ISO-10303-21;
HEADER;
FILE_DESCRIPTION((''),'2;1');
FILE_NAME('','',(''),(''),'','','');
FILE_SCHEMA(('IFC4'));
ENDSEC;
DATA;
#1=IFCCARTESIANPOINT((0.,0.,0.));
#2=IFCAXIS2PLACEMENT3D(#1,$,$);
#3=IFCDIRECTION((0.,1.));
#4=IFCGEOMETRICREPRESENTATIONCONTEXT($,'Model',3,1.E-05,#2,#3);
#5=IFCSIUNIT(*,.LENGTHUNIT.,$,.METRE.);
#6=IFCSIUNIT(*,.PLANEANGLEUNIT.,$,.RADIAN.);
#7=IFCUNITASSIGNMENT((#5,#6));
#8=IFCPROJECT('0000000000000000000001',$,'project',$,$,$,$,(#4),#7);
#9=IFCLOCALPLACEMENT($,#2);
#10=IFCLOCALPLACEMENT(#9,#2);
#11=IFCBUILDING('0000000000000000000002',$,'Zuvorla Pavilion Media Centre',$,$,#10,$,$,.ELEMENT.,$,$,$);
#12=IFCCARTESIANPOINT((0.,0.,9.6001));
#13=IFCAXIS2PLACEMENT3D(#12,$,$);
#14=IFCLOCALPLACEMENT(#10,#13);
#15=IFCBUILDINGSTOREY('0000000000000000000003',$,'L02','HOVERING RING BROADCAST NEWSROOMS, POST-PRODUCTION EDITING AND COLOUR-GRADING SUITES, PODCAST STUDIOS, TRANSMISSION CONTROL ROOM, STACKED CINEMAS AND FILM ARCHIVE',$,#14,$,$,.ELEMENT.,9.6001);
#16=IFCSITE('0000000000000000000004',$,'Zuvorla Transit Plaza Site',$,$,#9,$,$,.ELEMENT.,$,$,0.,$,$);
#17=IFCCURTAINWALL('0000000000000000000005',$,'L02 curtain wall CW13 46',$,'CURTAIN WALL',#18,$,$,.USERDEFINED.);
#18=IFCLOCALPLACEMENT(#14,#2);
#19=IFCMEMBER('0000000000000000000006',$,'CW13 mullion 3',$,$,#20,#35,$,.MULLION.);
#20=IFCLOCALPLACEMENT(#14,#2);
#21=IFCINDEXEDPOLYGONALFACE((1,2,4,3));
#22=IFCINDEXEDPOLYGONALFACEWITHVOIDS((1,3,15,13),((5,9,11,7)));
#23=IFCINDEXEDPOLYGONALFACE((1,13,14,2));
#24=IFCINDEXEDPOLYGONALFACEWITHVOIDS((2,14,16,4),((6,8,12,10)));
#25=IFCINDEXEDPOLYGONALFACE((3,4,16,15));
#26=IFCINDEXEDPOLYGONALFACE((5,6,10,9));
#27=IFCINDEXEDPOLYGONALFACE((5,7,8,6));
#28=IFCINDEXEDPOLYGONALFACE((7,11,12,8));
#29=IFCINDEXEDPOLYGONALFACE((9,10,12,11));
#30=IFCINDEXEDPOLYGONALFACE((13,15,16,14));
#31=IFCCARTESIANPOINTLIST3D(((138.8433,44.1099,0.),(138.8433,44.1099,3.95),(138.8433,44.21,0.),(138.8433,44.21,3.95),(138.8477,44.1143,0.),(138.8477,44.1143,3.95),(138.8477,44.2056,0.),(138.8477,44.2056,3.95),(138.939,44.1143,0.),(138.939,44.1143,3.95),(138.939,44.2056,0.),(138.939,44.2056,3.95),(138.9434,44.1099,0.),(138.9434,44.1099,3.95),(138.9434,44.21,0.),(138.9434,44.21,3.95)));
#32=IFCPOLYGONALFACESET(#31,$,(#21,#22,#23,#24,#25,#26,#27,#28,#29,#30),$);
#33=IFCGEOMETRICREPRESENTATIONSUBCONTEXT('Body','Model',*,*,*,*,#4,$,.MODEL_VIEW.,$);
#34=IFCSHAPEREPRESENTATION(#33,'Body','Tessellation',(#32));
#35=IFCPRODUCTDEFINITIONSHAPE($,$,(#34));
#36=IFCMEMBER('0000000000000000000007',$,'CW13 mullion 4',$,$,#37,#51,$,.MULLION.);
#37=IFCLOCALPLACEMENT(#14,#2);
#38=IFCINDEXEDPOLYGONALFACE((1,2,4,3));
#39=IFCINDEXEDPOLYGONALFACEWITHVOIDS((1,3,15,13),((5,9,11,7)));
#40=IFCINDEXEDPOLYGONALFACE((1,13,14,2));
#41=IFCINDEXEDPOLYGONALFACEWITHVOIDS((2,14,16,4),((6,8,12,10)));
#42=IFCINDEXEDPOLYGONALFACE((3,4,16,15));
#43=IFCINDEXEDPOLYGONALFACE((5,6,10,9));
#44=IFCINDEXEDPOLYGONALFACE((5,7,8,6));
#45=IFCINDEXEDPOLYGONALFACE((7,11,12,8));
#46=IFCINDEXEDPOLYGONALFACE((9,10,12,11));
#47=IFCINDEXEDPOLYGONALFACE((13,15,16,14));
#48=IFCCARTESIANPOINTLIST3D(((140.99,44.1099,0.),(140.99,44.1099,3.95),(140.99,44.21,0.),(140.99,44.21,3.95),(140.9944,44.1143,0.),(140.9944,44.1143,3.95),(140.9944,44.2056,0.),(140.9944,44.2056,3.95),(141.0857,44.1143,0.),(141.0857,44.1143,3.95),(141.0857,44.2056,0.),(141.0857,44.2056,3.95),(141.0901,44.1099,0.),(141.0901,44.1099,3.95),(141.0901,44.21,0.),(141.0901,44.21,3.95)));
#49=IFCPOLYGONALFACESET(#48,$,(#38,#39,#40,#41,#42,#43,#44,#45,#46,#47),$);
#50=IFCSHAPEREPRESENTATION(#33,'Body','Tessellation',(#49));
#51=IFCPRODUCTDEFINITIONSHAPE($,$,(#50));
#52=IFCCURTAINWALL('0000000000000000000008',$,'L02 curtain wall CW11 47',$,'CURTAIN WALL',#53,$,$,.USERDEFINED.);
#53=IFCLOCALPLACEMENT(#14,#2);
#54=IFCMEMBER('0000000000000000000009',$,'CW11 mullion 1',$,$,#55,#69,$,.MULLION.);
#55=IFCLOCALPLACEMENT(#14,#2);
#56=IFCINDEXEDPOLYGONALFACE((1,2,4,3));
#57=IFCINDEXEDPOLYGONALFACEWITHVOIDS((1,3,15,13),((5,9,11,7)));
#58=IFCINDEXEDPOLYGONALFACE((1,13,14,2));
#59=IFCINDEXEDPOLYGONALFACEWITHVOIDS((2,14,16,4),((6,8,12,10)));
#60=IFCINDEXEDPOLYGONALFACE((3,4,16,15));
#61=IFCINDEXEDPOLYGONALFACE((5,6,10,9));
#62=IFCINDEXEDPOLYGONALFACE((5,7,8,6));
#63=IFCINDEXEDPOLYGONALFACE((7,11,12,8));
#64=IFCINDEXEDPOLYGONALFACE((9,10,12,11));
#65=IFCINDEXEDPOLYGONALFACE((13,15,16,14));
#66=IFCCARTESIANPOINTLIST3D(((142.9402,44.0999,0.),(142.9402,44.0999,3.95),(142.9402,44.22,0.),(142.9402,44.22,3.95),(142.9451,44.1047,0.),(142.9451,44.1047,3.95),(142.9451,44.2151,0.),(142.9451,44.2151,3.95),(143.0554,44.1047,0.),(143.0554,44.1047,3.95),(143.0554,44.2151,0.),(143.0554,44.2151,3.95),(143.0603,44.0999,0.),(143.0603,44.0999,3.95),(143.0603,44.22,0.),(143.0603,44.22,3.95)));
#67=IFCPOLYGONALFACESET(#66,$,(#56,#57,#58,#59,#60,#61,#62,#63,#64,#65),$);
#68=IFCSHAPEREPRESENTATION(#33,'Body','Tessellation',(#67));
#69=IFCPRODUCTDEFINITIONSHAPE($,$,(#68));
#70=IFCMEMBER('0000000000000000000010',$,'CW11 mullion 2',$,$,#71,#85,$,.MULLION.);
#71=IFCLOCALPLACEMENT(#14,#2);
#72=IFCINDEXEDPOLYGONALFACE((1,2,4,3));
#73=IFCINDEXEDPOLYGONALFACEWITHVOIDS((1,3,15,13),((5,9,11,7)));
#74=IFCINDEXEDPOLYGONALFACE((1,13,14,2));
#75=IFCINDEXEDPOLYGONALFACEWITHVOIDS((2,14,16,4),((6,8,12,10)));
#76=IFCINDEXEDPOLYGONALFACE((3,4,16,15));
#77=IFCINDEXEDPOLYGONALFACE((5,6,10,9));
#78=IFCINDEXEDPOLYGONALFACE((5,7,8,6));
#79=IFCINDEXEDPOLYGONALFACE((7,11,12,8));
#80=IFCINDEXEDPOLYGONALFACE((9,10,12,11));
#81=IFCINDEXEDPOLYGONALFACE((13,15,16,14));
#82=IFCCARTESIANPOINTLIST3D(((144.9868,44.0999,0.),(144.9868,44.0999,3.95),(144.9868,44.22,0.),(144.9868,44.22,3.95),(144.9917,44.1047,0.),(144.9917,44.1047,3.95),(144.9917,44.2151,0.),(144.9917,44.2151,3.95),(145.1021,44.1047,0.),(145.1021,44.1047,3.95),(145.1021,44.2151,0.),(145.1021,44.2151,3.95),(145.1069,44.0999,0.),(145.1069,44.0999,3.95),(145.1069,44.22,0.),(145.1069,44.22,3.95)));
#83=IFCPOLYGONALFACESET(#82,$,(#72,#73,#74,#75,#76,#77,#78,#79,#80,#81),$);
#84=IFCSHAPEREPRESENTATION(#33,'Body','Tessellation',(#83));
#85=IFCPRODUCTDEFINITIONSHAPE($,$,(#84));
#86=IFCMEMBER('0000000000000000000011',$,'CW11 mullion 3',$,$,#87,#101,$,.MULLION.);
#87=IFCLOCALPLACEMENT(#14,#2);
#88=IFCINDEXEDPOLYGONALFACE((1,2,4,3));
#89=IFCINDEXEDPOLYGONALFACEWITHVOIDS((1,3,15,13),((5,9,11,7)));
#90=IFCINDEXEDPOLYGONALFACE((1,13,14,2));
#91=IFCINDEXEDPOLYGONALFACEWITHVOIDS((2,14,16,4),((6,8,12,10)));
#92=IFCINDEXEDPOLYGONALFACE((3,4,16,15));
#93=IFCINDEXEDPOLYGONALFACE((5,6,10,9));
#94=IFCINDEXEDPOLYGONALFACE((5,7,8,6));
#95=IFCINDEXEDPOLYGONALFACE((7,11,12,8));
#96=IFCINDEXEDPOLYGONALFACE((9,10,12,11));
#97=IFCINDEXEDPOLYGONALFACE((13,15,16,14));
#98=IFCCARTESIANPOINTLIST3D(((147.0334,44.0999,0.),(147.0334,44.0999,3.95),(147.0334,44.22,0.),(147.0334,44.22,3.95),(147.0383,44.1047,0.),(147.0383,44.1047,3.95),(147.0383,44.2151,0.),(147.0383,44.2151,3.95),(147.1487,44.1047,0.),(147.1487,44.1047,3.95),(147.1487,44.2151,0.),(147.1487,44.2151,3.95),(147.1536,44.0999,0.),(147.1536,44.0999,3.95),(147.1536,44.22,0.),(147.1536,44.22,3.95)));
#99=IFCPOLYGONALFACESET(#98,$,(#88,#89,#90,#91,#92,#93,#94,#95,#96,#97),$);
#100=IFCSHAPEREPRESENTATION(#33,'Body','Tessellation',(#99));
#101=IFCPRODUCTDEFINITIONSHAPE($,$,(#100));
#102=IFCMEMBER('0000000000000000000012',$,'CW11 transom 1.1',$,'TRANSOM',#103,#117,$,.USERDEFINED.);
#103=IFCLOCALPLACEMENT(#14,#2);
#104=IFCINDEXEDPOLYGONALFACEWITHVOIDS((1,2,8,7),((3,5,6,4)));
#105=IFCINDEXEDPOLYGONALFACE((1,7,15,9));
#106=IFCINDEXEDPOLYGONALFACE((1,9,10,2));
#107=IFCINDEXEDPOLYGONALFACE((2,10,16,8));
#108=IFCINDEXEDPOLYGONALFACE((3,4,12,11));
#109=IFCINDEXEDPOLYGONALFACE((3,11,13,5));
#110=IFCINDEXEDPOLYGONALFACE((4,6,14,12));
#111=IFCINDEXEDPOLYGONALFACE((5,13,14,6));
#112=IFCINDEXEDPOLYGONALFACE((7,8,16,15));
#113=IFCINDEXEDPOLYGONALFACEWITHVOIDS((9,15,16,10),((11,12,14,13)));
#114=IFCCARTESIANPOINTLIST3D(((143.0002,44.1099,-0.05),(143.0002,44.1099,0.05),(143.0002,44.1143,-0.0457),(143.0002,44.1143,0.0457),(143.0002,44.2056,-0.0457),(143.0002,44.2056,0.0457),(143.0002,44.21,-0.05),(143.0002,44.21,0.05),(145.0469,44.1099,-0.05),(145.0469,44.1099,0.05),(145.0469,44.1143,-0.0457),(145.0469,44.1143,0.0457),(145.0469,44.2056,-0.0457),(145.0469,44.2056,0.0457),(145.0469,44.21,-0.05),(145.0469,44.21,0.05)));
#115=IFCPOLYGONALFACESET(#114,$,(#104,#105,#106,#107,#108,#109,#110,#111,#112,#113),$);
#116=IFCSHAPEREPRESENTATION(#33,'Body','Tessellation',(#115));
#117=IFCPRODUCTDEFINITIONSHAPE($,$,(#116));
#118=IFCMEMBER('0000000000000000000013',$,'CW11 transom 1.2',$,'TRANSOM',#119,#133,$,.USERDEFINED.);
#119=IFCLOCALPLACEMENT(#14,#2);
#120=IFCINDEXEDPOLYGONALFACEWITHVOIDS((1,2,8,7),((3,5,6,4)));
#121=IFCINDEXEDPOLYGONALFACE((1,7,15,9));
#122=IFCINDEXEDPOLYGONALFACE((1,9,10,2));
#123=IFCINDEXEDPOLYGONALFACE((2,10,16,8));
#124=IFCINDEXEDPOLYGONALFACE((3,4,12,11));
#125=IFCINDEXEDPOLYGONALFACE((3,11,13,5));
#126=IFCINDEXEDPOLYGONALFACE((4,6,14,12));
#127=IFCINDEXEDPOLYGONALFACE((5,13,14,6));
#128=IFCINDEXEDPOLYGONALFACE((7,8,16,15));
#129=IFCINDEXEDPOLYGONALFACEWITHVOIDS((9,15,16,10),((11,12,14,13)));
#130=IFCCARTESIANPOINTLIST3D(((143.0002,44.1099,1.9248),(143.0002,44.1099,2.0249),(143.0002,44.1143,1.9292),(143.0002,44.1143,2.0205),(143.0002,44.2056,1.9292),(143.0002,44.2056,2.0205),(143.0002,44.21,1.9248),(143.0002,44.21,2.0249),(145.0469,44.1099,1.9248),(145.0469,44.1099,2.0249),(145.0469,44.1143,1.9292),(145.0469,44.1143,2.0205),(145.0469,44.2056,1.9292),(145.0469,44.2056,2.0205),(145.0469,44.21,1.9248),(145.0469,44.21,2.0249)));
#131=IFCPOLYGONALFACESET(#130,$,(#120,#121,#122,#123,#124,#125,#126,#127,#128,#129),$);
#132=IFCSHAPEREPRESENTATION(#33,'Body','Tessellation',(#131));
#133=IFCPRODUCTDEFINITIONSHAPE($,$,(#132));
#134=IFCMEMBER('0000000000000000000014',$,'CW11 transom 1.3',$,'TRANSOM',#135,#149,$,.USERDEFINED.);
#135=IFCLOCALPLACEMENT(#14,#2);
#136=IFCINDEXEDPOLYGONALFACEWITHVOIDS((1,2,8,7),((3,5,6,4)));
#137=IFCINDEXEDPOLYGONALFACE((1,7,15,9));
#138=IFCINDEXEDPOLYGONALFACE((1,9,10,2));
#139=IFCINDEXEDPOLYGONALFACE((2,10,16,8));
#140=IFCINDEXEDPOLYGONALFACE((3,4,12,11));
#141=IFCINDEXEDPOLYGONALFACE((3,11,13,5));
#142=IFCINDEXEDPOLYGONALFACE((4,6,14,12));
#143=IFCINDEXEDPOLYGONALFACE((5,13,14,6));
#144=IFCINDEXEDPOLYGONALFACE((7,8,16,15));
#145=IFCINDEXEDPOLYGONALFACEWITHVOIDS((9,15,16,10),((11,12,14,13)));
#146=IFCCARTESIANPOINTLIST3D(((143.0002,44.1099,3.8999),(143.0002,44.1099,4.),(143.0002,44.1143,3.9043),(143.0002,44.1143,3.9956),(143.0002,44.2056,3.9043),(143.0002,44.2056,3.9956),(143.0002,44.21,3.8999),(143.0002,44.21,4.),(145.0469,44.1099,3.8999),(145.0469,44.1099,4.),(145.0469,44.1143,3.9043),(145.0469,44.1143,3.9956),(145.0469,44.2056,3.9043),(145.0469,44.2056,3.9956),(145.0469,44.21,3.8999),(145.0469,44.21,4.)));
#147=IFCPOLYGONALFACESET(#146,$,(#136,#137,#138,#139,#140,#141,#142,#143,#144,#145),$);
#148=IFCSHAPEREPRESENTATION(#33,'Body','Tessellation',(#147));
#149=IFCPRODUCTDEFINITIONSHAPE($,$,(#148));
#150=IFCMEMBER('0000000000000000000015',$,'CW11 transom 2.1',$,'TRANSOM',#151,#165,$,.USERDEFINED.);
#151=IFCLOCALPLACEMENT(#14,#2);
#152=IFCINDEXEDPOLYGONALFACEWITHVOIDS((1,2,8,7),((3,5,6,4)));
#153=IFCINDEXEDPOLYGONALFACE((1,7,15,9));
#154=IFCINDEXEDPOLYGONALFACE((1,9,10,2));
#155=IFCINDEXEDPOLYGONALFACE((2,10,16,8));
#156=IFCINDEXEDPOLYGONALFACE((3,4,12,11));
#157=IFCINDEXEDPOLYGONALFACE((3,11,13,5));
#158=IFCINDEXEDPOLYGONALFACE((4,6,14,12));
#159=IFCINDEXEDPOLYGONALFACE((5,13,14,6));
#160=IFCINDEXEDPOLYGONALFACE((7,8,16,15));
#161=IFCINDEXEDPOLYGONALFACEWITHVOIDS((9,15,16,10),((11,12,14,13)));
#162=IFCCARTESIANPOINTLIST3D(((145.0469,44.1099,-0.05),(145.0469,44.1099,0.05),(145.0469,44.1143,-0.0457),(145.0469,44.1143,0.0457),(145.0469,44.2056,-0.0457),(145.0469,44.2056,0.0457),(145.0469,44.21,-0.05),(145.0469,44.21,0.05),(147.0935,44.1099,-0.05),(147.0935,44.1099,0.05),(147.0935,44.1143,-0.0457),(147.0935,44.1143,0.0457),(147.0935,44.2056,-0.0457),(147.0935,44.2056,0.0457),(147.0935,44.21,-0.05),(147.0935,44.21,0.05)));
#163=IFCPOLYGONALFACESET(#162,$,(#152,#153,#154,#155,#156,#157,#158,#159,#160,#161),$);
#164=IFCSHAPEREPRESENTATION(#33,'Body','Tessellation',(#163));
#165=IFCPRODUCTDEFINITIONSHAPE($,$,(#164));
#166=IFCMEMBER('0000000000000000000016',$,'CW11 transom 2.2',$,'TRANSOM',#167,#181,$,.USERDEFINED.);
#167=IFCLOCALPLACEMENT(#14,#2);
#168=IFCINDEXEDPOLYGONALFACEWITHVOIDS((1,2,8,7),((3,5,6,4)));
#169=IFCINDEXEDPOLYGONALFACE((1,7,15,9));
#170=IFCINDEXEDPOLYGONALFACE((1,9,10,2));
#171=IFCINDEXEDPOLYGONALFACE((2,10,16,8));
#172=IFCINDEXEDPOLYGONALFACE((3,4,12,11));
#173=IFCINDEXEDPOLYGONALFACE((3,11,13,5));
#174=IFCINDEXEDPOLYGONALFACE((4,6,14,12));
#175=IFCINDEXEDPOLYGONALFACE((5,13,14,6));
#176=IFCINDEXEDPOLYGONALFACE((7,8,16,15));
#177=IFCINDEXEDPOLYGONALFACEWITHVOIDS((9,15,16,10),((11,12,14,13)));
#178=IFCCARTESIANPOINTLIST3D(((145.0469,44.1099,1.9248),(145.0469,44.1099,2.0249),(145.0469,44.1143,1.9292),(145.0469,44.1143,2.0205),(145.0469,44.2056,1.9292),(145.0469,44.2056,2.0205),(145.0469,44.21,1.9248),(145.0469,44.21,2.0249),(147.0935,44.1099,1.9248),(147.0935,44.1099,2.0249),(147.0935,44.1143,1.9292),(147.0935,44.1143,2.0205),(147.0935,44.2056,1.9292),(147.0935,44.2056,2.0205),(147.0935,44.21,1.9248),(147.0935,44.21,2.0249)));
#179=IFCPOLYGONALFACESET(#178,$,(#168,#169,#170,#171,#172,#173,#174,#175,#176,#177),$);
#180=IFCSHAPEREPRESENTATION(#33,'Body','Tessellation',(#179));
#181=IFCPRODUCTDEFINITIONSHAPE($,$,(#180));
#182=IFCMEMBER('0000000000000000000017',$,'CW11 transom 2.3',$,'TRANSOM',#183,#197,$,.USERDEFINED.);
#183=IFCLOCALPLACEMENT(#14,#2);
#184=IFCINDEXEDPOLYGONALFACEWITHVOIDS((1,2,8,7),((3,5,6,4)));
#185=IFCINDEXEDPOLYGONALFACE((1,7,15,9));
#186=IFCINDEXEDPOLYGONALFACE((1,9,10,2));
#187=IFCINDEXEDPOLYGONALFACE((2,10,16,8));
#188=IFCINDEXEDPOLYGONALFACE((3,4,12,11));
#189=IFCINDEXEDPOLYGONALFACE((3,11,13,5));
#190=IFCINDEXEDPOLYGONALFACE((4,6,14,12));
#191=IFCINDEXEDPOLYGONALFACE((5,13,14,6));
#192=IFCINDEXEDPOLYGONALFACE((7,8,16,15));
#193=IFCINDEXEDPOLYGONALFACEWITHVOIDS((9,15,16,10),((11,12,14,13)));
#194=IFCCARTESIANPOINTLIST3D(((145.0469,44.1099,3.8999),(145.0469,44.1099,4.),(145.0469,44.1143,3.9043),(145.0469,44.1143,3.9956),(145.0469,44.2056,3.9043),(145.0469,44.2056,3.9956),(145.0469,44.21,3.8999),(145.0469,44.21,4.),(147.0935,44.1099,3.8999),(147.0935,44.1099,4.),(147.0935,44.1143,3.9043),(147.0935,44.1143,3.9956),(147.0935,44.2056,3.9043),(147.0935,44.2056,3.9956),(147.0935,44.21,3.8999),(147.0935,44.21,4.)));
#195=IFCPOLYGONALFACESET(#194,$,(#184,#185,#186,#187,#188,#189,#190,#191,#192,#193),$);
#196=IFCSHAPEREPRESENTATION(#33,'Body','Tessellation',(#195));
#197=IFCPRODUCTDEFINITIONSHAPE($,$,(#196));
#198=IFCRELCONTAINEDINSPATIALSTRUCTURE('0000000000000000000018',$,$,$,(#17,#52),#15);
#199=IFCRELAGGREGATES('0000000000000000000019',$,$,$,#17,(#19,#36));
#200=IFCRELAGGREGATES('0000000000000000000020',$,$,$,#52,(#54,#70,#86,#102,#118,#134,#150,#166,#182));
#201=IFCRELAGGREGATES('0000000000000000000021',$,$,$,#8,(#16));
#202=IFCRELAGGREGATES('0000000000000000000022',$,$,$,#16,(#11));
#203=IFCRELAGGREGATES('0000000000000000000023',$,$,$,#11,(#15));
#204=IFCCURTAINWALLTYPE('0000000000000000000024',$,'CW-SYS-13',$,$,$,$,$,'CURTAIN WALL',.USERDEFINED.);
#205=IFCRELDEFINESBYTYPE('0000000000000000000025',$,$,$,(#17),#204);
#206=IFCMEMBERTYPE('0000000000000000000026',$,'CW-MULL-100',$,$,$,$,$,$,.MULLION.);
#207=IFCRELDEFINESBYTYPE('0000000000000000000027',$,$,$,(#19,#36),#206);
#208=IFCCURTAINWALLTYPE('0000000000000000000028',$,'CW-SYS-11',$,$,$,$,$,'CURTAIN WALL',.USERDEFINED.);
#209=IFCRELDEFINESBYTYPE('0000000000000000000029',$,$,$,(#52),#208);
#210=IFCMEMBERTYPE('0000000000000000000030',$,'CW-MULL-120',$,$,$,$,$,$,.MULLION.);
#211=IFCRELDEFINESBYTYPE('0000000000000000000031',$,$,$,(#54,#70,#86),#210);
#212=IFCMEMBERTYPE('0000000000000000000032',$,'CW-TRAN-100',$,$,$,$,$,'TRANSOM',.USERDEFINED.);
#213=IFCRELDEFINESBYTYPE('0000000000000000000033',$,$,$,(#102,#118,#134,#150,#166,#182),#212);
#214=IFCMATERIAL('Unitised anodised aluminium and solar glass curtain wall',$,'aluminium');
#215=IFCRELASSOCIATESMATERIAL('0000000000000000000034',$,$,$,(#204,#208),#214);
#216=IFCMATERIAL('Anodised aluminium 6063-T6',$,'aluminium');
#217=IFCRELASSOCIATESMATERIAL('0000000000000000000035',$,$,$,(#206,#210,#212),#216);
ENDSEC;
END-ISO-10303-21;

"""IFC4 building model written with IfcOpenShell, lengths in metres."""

from ifc_helpers import new_model, si_unit, direction, frame, origin, origin_2d, place, context, subcontext, project, spatial, hollow_rectangle, extrude, material, material_profile, profile_set, type_object, element, aggregate, save


model = new_model("IFC4")

# Units and contexts
model_context = context("Model", 3, precision=1e-05, world=origin(), true_north=direction((0.0, 1.0)))
body_context = subcontext(model_context, "Body", "Model", "MODEL_VIEW")
ifc_project = project(units=[si_unit("LENGTHUNIT", "METRE"), si_unit("PLANEANGLEUNIT", "RADIAN")], contexts=[model_context])

# Site, building, storey
site_placement = place(None, origin())
site = spatial("IfcSite", under=ifc_project, at=site_placement, Name="Zuvorla Transit Plaza Site", CompositionType="ELEMENT", RefElevation=0.0)
building_placement = place(site_placement, origin())
building = spatial("IfcBuilding", under=site, at=building_placement, Name="Zuvorla Pavilion Media Centre", CompositionType="ELEMENT")
storey_placement = place(building_placement, frame((0.0, 0.0, 9.6001)))
storey = spatial("IfcBuildingStorey", under=building, at=storey_placement, Name="L02", Description="HOVERING RING BROADCAST NEWSROOMS, POST-PRODUCTION EDITING AND COLOUR-GRADING SUITES, PODCAST STUDIOS, TRANSMISSION CONTROL ROOM, STACKED CINEMAS AND FILM ARCHIVE", CompositionType="ELEMENT", Elevation=9.6001)

# Curtain walls, members
ifc_material_1 = material(Name="Unitised anodised aluminium and solar glass curtain wall", Category="aluminium")
curtain_wall_type_1 = type_object("IfcCurtainWallType", Name="CW-SYS-13", ElementType="CURTAIN WALL", PredefinedType="USERDEFINED", material=ifc_material_1)
curtain_wall_1_placement = place(storey_placement, origin())
curtain_wall_1 = element("IfcCurtainWall", 1, at=curtain_wall_1_placement, inside=storey, type_object=curtain_wall_type_1, Name="L02 curtain wall CW13 46", ObjectType="CURTAIN WALL", PredefinedType="USERDEFINED")
ifc_material_2 = material(Name="Anodised aluminium 6063-T6", Category="aluminium")
ifc_material_profile_1 = material_profile(ifc_material_2, hollow_rectangle(XDim=0.1001, YDim=0.1001, WallThickness=0.0044, at=origin_2d()), Name="ALU MULL 100x100")
ifc_profile_set_1 = profile_set([ifc_material_profile_1], Name="Anodised aluminium 6063-T6")
member_type_1 = type_object("IfcMemberType", Name="CW-MULL-100", PredefinedType="MULLION", material=ifc_profile_set_1)
member_1_placement = place(storey_placement, frame((138.8933, 44.1599, 0.0), z_axis=(0.0, 0.0, 1.0), x_axis=(1.0, 0.0, 0.0)))
member_1 = element("IfcMember", 2, at=member_1_placement, type_object=member_type_1, Name="CW13 mullion 3", PredefinedType="MULLION", context=body_context, shape_type="SweptSolid", body=[
    extrude(hollow_rectangle(XDim=0.1001, YDim=0.1001, WallThickness=0.0044, at=origin_2d()), origin(), (0.0, 0.0, 1.0), 3.95),
])
member_2_placement = place(storey_placement, frame((141.04, 44.1599, 0.0), z_axis=(0.0, 0.0, 1.0), x_axis=(1.0, 0.0, 0.0)))
member_2 = element("IfcMember", 3, at=member_2_placement, type_object=member_type_1, Name="CW13 mullion 4", PredefinedType="MULLION", context=body_context, shape_type="SweptSolid", body=[
    extrude(hollow_rectangle(XDim=0.1001, YDim=0.1001, WallThickness=0.0044, at=origin_2d()), origin(), (0.0, 0.0, 1.0), 3.95),
])
curtain_wall_type_2 = type_object("IfcCurtainWallType", Name="CW-SYS-11", ElementType="CURTAIN WALL", PredefinedType="USERDEFINED", material=ifc_material_1)
curtain_wall_2_placement = place(storey_placement, origin())
curtain_wall_2 = element("IfcCurtainWall", 4, at=curtain_wall_2_placement, inside=storey, type_object=curtain_wall_type_2, Name="L02 curtain wall CW11 47", ObjectType="CURTAIN WALL", PredefinedType="USERDEFINED")
ifc_material_profile_2 = material_profile(ifc_material_2, hollow_rectangle(XDim=0.1201, YDim=0.1201, WallThickness=0.0049, at=origin_2d()), Name="ALU MULL 120x120")
ifc_profile_set_2 = profile_set([ifc_material_profile_2], Name="Anodised aluminium 6063-T6")
member_type_2 = type_object("IfcMemberType", Name="CW-MULL-120", PredefinedType="MULLION", material=ifc_profile_set_2)
member_3_placement = place(storey_placement, frame((143.0002, 44.1599, 0.0), z_axis=(0.0, 0.0, 1.0), x_axis=(1.0, 0.0, 0.0)))
member_3 = element("IfcMember", 5, at=member_3_placement, type_object=member_type_2, Name="CW11 mullion 1", PredefinedType="MULLION", context=body_context, shape_type="SweptSolid", body=[
    extrude(hollow_rectangle(XDim=0.1201, YDim=0.1201, WallThickness=0.0049, at=origin_2d()), origin(), (0.0, 0.0, 1.0), 3.95),
])
member_4_placement = place(storey_placement, frame((145.0469, 44.1599, 0.0), z_axis=(0.0, 0.0, 1.0), x_axis=(1.0, 0.0, 0.0)))
member_4 = element("IfcMember", 6, at=member_4_placement, type_object=member_type_2, Name="CW11 mullion 2", PredefinedType="MULLION", context=body_context, shape_type="SweptSolid", body=[
    extrude(hollow_rectangle(XDim=0.1201, YDim=0.1201, WallThickness=0.0049, at=origin_2d()), origin(), (0.0, 0.0, 1.0), 3.95),
])
member_5_placement = place(storey_placement, frame((147.0935, 44.1599, 0.0), z_axis=(0.0, 0.0, 1.0), x_axis=(1.0, 0.0, 0.0)))
member_5 = element("IfcMember", 7, at=member_5_placement, type_object=member_type_2, Name="CW11 mullion 3", PredefinedType="MULLION", context=body_context, shape_type="SweptSolid", body=[
    extrude(hollow_rectangle(XDim=0.1201, YDim=0.1201, WallThickness=0.0049, at=origin_2d()), origin(), (0.0, 0.0, 1.0), 3.95),
])
ifc_material_profile_3 = material_profile(ifc_material_2, hollow_rectangle(XDim=0.1001, YDim=0.1001, WallThickness=0.0044, at=origin_2d()), Name="ALU TRAN 100x100")
ifc_profile_set_3 = profile_set([ifc_material_profile_3], Name="Anodised aluminium 6063-T6")
member_type_3 = type_object("IfcMemberType", Name="CW-TRAN-100", ElementType="TRANSOM", PredefinedType="USERDEFINED", material=ifc_profile_set_3)
member_6_placement = place(storey_placement, frame((143.0002, 44.1599, 0.0), z_axis=(1.0, 0.0, 0.0), x_axis=(0.0, 1.0, 0.0)))
member_6 = element("IfcMember", 8, at=member_6_placement, type_object=member_type_3, Name="CW11 transom 1.1", ObjectType="TRANSOM", PredefinedType="USERDEFINED", context=body_context, shape_type="SweptSolid", body=[
    extrude(hollow_rectangle(XDim=0.1001, YDim=0.1001, WallThickness=0.0044, at=origin_2d()), origin(), (0.0, 0.0, 1.0), 2.0466),
])
member_7_placement = place(storey_placement, frame((143.0002, 44.1599, 1.9749), z_axis=(1.0, 0.0, 0.0), x_axis=(0.0, 1.0, 0.0)))
member_7 = element("IfcMember", 9, at=member_7_placement, type_object=member_type_3, Name="CW11 transom 1.2", ObjectType="TRANSOM", PredefinedType="USERDEFINED", context=body_context, shape_type="SweptSolid", body=[
    extrude(hollow_rectangle(XDim=0.1001, YDim=0.1001, WallThickness=0.0044, at=origin_2d()), origin(), (0.0, 0.0, 1.0), 2.0466),
])
member_8_placement = place(storey_placement, frame((143.0002, 44.1599, 3.95), z_axis=(1.0, 0.0, 0.0), x_axis=(0.0, 1.0, 0.0)))
member_8 = element("IfcMember", 10, at=member_8_placement, type_object=member_type_3, Name="CW11 transom 1.3", ObjectType="TRANSOM", PredefinedType="USERDEFINED", context=body_context, shape_type="SweptSolid", body=[
    extrude(hollow_rectangle(XDim=0.1001, YDim=0.1001, WallThickness=0.0044, at=origin_2d()), origin(), (0.0, 0.0, 1.0), 2.0466),
])
member_9_placement = place(storey_placement, frame((145.0469, 44.1599, 0.0), z_axis=(1.0, 0.0, 0.0), x_axis=(0.0, 1.0, 0.0)))
member_9 = element("IfcMember", 11, at=member_9_placement, type_object=member_type_3, Name="CW11 transom 2.1", ObjectType="TRANSOM", PredefinedType="USERDEFINED", context=body_context, shape_type="SweptSolid", body=[
    extrude(hollow_rectangle(XDim=0.1001, YDim=0.1001, WallThickness=0.0044, at=origin_2d()), origin(), (0.0, 0.0, 1.0), 2.0466),
])
member_10_placement = place(storey_placement, frame((145.0469, 44.1599, 1.9749), z_axis=(1.0, 0.0, 0.0), x_axis=(0.0, 1.0, 0.0)))
member_10 = element("IfcMember", 12, at=member_10_placement, type_object=member_type_3, Name="CW11 transom 2.2", ObjectType="TRANSOM", PredefinedType="USERDEFINED", context=body_context, shape_type="SweptSolid", body=[
    extrude(hollow_rectangle(XDim=0.1001, YDim=0.1001, WallThickness=0.0044, at=origin_2d()), origin(), (0.0, 0.0, 1.0), 2.0466),
])
member_11_placement = place(storey_placement, frame((145.0469, 44.1599, 3.95), z_axis=(1.0, 0.0, 0.0), x_axis=(0.0, 1.0, 0.0)))
member_11 = element("IfcMember", 13, at=member_11_placement, type_object=member_type_3, Name="CW11 transom 2.3", ObjectType="TRANSOM", PredefinedType="USERDEFINED", context=body_context, shape_type="SweptSolid", body=[
    extrude(hollow_rectangle(XDim=0.1001, YDim=0.1001, WallThickness=0.0044, at=origin_2d()), origin(), (0.0, 0.0, 1.0), 2.0466),
])

aggregate(curtain_wall_1, [member_1, member_2])
aggregate(curtain_wall_2, [member_3, member_4, member_5, member_6, member_7, member_8, member_9, member_10, member_11])

save(model, "model.ifc")
